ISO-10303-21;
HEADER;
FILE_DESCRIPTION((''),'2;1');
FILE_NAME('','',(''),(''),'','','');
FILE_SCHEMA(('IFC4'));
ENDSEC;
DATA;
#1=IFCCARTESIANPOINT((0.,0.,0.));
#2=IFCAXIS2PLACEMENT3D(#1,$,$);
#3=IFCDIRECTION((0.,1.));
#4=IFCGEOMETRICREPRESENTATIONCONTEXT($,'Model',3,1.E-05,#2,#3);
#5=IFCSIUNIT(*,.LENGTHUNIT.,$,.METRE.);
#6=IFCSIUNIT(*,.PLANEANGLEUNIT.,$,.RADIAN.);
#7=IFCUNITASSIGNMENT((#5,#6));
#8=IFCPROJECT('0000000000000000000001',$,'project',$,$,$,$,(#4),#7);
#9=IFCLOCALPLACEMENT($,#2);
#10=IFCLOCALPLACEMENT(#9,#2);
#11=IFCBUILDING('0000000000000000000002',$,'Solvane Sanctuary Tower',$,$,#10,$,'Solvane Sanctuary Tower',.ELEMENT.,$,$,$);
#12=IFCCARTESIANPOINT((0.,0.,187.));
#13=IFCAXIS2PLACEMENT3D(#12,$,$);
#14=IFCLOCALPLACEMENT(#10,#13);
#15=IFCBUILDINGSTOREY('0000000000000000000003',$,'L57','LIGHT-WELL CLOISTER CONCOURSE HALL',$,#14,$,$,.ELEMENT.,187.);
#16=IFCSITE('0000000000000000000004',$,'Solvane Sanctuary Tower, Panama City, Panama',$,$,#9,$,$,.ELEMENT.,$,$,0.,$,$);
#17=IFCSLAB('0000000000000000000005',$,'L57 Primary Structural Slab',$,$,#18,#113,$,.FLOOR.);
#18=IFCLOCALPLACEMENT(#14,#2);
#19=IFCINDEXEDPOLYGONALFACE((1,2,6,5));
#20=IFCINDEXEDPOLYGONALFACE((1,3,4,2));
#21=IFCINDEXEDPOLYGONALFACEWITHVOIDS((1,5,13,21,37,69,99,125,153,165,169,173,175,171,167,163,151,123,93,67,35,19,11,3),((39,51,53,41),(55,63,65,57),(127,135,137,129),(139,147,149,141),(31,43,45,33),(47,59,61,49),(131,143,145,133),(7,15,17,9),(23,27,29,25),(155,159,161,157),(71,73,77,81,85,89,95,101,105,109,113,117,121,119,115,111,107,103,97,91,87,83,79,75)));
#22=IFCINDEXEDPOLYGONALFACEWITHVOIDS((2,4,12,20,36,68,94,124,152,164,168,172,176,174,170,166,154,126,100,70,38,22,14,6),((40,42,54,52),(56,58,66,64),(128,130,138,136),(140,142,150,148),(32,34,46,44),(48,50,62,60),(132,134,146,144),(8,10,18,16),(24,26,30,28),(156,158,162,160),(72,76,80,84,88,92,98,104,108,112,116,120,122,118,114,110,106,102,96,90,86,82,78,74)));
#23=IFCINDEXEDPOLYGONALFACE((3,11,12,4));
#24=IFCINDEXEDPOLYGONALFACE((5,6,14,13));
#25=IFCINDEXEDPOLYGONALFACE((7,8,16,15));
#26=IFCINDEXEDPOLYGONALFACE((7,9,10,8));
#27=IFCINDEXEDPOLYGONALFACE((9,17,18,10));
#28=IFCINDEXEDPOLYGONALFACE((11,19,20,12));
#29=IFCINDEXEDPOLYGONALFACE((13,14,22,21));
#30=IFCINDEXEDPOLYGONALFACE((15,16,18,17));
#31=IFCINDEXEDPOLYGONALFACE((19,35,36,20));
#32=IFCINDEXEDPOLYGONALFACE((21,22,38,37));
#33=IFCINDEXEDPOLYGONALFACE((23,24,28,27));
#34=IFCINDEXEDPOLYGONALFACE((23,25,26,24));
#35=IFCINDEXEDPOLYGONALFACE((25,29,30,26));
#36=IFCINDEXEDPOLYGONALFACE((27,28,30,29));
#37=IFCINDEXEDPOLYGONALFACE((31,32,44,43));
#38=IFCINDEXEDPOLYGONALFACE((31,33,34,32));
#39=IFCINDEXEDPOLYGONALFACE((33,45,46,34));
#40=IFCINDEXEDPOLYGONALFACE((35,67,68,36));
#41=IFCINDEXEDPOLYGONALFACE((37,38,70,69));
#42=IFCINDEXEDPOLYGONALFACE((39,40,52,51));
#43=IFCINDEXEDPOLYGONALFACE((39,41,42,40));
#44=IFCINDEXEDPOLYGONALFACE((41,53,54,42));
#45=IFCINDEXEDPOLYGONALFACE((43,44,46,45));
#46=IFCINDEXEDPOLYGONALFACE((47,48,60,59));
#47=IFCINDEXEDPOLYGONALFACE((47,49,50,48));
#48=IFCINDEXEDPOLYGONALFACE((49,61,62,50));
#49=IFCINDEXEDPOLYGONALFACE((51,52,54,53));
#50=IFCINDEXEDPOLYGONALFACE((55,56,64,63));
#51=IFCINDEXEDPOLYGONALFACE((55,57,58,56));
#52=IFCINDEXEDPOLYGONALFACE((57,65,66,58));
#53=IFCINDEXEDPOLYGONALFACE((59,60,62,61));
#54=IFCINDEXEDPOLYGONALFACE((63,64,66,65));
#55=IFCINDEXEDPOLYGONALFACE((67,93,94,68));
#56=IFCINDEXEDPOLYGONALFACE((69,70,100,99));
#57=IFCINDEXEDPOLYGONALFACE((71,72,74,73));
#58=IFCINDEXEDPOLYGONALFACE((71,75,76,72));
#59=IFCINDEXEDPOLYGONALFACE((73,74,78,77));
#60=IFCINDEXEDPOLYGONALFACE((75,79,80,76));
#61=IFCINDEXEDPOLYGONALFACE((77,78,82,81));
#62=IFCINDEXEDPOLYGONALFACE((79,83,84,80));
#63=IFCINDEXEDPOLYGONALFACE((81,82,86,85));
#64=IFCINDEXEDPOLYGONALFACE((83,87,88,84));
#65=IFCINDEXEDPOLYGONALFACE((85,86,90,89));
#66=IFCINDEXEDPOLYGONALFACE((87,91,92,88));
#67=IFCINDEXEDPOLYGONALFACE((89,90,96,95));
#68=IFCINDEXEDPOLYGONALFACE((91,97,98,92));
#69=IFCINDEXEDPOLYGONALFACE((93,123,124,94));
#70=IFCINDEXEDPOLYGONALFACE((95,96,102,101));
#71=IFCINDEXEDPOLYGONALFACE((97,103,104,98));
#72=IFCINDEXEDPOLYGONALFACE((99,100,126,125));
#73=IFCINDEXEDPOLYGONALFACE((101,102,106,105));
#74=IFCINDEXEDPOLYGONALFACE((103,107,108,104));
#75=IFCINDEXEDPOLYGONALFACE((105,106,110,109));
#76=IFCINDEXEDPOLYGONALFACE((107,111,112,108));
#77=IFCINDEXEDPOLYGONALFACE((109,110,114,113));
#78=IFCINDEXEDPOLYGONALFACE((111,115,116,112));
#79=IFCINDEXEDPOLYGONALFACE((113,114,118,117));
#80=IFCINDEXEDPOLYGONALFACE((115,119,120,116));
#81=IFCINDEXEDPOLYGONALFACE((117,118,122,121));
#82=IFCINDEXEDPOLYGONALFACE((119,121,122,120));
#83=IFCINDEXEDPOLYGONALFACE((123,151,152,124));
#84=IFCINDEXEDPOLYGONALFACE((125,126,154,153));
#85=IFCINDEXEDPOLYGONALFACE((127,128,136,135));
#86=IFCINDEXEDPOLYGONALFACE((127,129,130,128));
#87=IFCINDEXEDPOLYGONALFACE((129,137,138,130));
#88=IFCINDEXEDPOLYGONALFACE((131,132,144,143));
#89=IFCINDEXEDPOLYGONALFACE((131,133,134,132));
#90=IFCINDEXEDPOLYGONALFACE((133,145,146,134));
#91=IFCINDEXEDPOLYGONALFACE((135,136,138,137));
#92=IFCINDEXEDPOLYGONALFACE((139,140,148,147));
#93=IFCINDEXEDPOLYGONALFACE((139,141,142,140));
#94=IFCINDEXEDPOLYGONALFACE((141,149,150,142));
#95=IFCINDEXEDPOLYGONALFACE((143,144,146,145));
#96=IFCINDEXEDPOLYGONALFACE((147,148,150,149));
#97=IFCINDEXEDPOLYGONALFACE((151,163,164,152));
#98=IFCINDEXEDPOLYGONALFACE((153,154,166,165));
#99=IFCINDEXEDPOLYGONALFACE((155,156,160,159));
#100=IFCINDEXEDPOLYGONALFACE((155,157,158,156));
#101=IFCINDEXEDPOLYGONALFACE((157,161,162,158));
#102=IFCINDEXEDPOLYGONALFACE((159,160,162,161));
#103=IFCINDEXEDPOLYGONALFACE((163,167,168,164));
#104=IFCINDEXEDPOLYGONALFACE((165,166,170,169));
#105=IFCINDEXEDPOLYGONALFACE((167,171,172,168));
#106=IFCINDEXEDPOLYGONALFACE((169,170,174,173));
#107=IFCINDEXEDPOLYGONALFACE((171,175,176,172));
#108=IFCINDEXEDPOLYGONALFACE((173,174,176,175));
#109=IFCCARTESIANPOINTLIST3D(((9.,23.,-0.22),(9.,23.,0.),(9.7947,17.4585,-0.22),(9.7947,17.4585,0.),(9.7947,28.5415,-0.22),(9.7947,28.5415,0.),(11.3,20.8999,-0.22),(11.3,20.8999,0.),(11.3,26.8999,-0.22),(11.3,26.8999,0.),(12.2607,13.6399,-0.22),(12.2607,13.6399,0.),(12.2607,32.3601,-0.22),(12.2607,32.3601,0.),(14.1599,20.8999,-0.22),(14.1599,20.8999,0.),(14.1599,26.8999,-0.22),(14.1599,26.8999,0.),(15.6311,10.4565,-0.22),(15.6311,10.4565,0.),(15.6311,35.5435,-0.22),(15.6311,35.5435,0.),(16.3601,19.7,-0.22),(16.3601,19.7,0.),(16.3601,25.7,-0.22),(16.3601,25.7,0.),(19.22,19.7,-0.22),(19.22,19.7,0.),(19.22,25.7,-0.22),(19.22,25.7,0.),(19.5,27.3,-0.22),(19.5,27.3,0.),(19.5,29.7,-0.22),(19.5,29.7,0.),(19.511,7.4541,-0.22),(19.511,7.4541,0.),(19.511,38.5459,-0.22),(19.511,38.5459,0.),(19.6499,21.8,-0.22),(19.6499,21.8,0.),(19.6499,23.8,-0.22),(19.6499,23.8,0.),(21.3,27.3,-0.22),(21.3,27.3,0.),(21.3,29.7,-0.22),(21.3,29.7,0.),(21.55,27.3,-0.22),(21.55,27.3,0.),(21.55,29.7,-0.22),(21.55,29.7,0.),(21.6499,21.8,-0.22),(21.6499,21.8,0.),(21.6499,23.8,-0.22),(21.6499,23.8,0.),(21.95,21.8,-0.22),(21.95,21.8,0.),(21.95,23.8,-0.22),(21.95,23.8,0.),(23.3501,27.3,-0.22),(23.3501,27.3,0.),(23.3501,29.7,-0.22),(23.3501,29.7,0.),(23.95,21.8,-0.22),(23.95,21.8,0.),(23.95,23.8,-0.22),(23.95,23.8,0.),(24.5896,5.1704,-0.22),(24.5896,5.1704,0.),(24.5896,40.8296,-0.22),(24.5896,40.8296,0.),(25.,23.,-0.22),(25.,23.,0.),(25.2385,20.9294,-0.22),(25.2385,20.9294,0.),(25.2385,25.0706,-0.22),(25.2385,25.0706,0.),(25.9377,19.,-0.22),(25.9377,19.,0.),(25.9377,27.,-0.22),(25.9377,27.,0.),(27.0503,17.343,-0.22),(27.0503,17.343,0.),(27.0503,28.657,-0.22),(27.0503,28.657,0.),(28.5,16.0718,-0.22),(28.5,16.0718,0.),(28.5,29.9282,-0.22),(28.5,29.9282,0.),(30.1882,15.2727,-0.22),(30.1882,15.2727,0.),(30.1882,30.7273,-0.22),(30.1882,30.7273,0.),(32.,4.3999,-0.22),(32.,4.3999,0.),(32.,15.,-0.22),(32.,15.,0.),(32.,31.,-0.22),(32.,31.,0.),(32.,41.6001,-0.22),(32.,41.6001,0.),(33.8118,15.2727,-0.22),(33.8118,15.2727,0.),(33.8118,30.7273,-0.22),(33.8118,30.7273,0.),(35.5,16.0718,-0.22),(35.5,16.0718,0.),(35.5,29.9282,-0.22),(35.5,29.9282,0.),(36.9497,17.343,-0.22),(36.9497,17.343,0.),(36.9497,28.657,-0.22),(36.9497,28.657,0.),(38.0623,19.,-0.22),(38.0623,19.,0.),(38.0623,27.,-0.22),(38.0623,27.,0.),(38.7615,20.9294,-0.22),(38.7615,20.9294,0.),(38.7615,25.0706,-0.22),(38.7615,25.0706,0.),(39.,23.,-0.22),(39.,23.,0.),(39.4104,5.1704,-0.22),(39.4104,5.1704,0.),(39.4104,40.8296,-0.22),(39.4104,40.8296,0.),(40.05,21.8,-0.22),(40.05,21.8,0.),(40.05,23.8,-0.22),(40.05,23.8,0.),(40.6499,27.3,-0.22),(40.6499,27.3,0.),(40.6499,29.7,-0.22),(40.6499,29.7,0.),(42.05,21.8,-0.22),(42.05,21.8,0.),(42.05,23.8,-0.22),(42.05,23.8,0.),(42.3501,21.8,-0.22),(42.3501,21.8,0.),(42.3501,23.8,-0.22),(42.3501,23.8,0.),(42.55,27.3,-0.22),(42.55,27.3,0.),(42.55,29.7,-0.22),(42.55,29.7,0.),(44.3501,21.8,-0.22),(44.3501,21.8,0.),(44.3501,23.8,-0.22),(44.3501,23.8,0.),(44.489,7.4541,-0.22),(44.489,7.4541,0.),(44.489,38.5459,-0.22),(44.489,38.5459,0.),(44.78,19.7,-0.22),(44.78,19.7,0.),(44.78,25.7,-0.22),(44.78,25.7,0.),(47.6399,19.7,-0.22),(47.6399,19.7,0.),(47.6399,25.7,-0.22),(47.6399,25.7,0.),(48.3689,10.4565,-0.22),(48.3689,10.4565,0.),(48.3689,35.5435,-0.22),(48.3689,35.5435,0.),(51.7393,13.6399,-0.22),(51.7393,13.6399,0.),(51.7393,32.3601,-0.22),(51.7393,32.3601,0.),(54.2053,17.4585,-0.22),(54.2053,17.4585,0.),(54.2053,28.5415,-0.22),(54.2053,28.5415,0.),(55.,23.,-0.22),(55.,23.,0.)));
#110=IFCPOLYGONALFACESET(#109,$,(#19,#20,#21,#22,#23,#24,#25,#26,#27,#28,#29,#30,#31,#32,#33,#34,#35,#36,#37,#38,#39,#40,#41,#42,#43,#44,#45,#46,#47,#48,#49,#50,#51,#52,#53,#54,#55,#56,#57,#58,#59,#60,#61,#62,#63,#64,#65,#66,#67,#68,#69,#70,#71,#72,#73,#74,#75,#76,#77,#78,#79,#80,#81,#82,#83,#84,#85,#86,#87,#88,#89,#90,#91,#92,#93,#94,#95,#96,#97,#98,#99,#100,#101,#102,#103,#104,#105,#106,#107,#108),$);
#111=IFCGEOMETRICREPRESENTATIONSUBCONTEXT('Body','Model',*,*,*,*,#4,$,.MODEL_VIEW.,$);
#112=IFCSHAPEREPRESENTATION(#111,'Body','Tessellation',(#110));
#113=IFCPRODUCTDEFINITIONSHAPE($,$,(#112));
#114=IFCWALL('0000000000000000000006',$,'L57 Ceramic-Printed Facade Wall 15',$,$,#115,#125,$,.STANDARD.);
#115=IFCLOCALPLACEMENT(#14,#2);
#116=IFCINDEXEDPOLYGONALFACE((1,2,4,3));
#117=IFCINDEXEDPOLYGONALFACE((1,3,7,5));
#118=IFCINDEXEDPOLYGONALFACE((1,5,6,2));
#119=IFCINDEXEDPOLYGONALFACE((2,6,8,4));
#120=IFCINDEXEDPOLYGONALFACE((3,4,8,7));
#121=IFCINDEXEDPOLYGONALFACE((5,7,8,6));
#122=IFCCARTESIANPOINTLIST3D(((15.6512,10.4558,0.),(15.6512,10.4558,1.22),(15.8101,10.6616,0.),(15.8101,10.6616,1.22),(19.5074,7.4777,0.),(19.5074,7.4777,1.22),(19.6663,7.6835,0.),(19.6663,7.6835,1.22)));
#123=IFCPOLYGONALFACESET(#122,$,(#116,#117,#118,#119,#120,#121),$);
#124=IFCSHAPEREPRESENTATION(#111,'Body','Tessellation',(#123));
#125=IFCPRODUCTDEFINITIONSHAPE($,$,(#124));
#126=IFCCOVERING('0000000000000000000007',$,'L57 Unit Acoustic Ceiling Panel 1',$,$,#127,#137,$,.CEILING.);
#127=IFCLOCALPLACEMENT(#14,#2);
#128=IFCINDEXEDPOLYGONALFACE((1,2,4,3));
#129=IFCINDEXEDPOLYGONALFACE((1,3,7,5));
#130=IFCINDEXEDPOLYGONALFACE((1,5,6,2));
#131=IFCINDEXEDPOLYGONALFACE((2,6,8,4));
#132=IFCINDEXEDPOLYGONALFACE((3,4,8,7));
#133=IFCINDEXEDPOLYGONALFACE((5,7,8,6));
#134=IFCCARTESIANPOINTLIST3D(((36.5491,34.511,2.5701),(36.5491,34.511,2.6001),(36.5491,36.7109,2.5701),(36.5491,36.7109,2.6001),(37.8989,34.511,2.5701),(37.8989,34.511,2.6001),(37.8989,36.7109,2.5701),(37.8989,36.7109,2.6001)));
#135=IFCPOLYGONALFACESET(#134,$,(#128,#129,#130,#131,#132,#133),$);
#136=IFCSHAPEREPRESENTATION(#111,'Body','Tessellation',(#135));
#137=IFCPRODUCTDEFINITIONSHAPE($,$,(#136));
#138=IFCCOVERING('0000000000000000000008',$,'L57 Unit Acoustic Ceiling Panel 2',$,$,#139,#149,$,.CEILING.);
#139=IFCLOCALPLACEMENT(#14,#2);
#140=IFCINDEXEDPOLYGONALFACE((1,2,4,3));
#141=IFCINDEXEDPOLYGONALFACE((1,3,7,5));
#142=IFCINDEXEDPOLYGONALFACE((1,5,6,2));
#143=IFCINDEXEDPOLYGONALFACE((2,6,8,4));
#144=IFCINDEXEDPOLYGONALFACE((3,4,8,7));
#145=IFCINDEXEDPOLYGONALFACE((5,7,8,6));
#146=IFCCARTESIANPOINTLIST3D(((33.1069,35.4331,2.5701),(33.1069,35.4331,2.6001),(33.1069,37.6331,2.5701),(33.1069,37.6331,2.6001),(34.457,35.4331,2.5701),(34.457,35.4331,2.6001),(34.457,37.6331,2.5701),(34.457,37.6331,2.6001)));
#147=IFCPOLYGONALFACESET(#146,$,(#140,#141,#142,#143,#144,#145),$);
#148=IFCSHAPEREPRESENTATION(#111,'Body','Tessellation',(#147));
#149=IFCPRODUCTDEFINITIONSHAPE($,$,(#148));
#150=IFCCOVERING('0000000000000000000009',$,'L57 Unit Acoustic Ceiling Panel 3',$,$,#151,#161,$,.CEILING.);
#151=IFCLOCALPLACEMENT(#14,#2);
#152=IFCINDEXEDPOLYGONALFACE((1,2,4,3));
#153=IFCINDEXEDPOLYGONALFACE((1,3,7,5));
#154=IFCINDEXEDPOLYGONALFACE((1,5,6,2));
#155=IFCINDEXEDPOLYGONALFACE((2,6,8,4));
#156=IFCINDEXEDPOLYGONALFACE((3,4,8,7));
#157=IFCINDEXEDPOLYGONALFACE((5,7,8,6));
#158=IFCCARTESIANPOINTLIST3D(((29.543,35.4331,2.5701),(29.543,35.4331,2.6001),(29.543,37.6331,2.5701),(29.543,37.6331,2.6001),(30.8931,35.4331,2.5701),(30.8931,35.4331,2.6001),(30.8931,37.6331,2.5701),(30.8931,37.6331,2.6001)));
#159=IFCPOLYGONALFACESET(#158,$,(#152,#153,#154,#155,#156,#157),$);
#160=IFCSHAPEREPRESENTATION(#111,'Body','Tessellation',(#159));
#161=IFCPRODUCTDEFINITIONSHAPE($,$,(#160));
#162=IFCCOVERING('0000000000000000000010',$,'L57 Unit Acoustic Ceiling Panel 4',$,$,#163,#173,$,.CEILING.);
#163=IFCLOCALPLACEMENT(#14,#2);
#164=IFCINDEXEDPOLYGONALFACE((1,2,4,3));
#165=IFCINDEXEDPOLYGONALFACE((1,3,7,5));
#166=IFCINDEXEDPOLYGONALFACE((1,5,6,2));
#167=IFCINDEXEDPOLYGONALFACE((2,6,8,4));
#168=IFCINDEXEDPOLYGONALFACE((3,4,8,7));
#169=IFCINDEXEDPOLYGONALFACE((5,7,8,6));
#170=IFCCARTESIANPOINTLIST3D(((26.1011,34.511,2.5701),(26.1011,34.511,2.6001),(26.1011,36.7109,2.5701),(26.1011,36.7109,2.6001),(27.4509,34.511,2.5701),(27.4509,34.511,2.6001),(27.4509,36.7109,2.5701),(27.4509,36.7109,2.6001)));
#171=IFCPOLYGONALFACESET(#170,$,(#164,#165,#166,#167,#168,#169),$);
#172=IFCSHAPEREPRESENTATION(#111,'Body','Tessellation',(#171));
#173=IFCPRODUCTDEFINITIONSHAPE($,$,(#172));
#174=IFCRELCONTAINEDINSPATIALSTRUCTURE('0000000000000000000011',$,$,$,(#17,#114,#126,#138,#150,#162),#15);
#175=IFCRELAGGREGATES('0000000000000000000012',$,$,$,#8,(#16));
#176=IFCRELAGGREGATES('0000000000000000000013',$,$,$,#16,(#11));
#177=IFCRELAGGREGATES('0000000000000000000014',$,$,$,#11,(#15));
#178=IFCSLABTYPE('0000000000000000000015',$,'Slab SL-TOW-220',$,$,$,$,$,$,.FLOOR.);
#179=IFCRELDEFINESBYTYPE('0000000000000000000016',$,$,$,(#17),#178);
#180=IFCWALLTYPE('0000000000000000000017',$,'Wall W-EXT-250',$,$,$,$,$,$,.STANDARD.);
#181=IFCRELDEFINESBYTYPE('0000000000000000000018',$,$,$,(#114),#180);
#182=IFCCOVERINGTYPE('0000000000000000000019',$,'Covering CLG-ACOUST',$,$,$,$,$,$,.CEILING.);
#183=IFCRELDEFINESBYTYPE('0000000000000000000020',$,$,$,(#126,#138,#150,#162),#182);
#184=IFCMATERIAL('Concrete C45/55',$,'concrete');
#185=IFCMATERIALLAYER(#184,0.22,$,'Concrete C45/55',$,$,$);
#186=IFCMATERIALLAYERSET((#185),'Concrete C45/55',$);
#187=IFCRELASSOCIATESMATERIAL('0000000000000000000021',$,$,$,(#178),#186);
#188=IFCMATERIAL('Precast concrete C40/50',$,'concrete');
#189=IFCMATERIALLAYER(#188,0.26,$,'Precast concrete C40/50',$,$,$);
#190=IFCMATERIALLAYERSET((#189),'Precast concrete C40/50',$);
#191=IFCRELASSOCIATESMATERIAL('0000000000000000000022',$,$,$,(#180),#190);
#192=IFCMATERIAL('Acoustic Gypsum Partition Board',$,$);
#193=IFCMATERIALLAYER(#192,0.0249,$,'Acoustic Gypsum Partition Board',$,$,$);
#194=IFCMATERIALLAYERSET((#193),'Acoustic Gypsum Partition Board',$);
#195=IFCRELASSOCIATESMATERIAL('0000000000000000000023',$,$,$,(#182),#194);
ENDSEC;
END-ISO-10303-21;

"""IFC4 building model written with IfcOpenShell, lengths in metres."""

from ifc_helpers import new_model, si_unit, direction, frame, frame_2d, origin, place, context, subcontext, project, spatial, polyline, rectangle, outline, extrude, material, layer, layer_set, type_object, element, save


model = new_model("IFC4")

# Units and contexts
model_context = context("Model", 3, precision=1e-05, world=origin(), true_north=direction((0.0, 1.0)))
body_context = subcontext(model_context, "Body", "Model", "MODEL_VIEW")
ifc_project = project(units=[si_unit("LENGTHUNIT", "METRE"), si_unit("PLANEANGLEUNIT", "RADIAN")], contexts=[model_context])

# Site, building, storey
site_placement = place(None, origin())
site = spatial("IfcSite", under=ifc_project, at=site_placement, Name="Solvane Sanctuary Tower, Panama City, Panama", CompositionType="ELEMENT", RefElevation=0.0)
building_placement = place(site_placement, origin())
building = spatial("IfcBuilding", under=site, at=building_placement, Name="Solvane Sanctuary Tower", LongName="Solvane Sanctuary Tower", CompositionType="ELEMENT")
storey_placement = place(building_placement, frame((0.0, 0.0, 187.0)))
storey = spatial("IfcBuildingStorey", under=building, at=storey_placement, Name="L57", Description="LIGHT-WELL CLOISTER CONCOURSE HALL", CompositionType="ELEMENT", Elevation=187.0)

# Shared definitions
ifc_material_1 = material(Name="Concrete C45/55", Category="concrete")

# Slab
ifc_layer_1 = layer(ifc_material_1, 0.22, Name="Concrete C45/55")
ifc_layer_set_1 = layer_set([ifc_layer_1], Name="Concrete C45/55")
slab_type_1 = type_object("IfcSlabType", Name="Slab SL-TOW-220", PredefinedType="FLOOR", material=ifc_layer_set_1)
slab_1_placement = place(storey_placement, frame((0.0, 0.0, -0.22)))
element("IfcSlab", 1, at=slab_1_placement, inside=storey, type_object=slab_type_1, Name="L57 Primary Structural Slab", PredefinedType="FLOOR", context=body_context, shape_type="SweptSolid", body=[
    extrude(outline(polyline([(55.0, 23.0), (54.2053, 28.5415), (51.7393, 32.3601), (48.3689, 35.5435), (44.489, 38.5459), (39.4104, 40.8296), (32.0, 41.6001), (24.5896, 40.8296), (19.511, 38.5459), (15.6311, 35.5435), (12.2607, 32.3601), (9.7947, 28.5415), (9.0, 23.0), (9.7947, 17.4585), (12.2607, 13.6399), (15.6311, 10.4565), (19.511, 7.4541), (24.5896, 5.1704), (32.0, 4.3999), (39.4104, 5.1704), (44.489, 7.4541), (48.3689, 10.4565), (51.7393, 13.6399), (54.2053, 17.4585), (55.0, 23.0)]), holes=[polyline([(38.7615, 20.9294), (38.0623, 19.0), (36.9497, 17.343), (35.5, 16.0718), (33.8118, 15.2727), (32.0, 15.0), (30.1882, 15.2727), (28.5, 16.0718), (27.0503, 17.343), (25.9377, 19.0), (25.2385, 20.9294), (25.0, 23.0), (25.2385, 25.0706), (25.9377, 27.0), (27.0503, 28.657), (28.5, 29.9282), (30.1882, 30.7273), (32.0, 31.0), (33.8118, 30.7273), (35.5, 29.9282), (36.9497, 28.657), (38.0623, 27.0), (38.7615, 25.0706), (39.0, 23.0), (38.7615, 20.9294)]), polyline([(16.3601, 19.7), (16.3601, 25.7), (19.22, 25.7), (19.22, 19.7), (16.3601, 19.7)]), polyline([(44.78, 19.7), (44.78, 25.7), (47.6399, 25.7), (47.6399, 19.7), (44.78, 19.7)]), polyline([(11.3, 20.8999), (11.3, 26.8999), (14.1599, 26.8999), (14.1599, 20.8999), (11.3, 20.8999)]), polyline([(19.6499, 23.8), (21.6499, 23.8), (21.6499, 21.8), (19.6499, 21.8), (19.6499, 23.8)]), polyline([(42.3501, 23.8), (44.3501, 23.8), (44.3501, 21.8), (42.3501, 21.8), (42.3501, 23.8)]), polyline([(21.95, 23.8), (23.95, 23.8), (23.95, 21.8), (21.95, 21.8), (21.95, 23.8)]), polyline([(40.05, 23.8), (42.05, 23.8), (42.05, 21.8), (40.05, 21.8), (40.05, 23.8)]), polyline([(19.5, 29.7), (21.3, 29.7), (21.3, 27.3), (19.5, 27.3), (19.5, 29.7)]), polyline([(21.55, 29.7), (23.3501, 29.7), (23.3501, 27.3), (21.55, 27.3), (21.55, 29.7)]), polyline([(40.6499, 29.7), (42.55, 29.7), (42.55, 27.3), (40.6499, 27.3), (40.6499, 29.7)])]), origin(), (0.0, 0.0, 1.0), 0.22),
])

# Wall
ifc_material_2 = material(Name="Precast concrete C40/50", Category="concrete")
ifc_layer_2 = layer(ifc_material_2, 0.26, Name="Precast concrete C40/50")
ifc_layer_set_2 = layer_set([ifc_layer_2], Name="Precast concrete C40/50")
wall_type = type_object("IfcWallType", Name="Wall W-EXT-250", PredefinedType="STANDARD", material=ifc_layer_set_2)
wall_placement = place(storey_placement, frame((15.7307, 10.5586, 0.0), z_axis=(0.0, 0.0, 1.0), x_axis=(0.79146, -0.611221, 0.0)))
element("IfcWall", 2, at=wall_placement, inside=storey, type_object=wall_type, Name="L57 Ceramic-Printed Facade Wall 15", PredefinedType="STANDARD", context=body_context, shape_type="SweptSolid", body=[
    extrude(rectangle(XDim=4.8723, YDim=0.26, at=frame_2d((2.436, 0.0))), origin(), (0.0, 0.0, 1.0), 1.22),
])

# Coverings
ifc_material_3 = material(Name="Acoustic Gypsum Partition Board")
ifc_layer_3 = layer(ifc_material_3, 0.0249, Name="Acoustic Gypsum Partition Board")
ifc_layer_set_3 = layer_set([ifc_layer_3], Name="Acoustic Gypsum Partition Board")
covering_type_1 = type_object("IfcCoveringType", Name="Covering CLG-ACOUST", PredefinedType="CEILING", material=ifc_layer_set_3)
covering_1_placement = place(storey_placement, frame((0.0, 0.0, 2.5701)))
element("IfcCovering", 3, at=covering_1_placement, inside=storey, type_object=covering_type_1, Name="L57 Unit Acoustic Ceiling Panel 1", PredefinedType="CEILING", context=body_context, shape_type="SweptSolid", body=[
    extrude(outline(polyline([(36.5491, 34.511), (37.8989, 34.511), (37.8989, 36.7109), (36.5491, 36.7109), (36.5491, 34.511)])), origin(), (0.0, 0.0, 1.0), 0.03),
])
covering_2_placement = place(storey_placement, frame((0.0, 0.0, 2.5701)))
element("IfcCovering", 4, at=covering_2_placement, inside=storey, type_object=covering_type_1, Name="L57 Unit Acoustic Ceiling Panel 2", PredefinedType="CEILING", context=body_context, shape_type="SweptSolid", body=[
    extrude(outline(polyline([(33.1069, 35.4331), (34.457, 35.4331), (34.457, 37.6331), (33.1069, 37.6331), (33.1069, 35.4331)])), origin(), (0.0, 0.0, 1.0), 0.03),
])
covering_3_placement = place(storey_placement, frame((0.0, 0.0, 2.5701)))
element("IfcCovering", 5, at=covering_3_placement, inside=storey, type_object=covering_type_1, Name="L57 Unit Acoustic Ceiling Panel 3", PredefinedType="CEILING", context=body_context, shape_type="SweptSolid", body=[
    extrude(outline(polyline([(29.543, 35.4331), (30.8931, 35.4331), (30.8931, 37.6331), (29.543, 37.6331), (29.543, 35.4331)])), origin(), (0.0, 0.0, 1.0), 0.03),
])
covering_4_placement = place(storey_placement, frame((0.0, 0.0, 2.5701)))
element("IfcCovering", 6, at=covering_4_placement, inside=storey, type_object=covering_type_1, Name="L57 Unit Acoustic Ceiling Panel 4", PredefinedType="CEILING", context=body_context, shape_type="SweptSolid", body=[
    extrude(outline(polyline([(26.1011, 34.511), (27.4509, 34.511), (27.4509, 36.7109), (26.1011, 36.7109), (26.1011, 34.511)])), origin(), (0.0, 0.0, 1.0), 0.03),
])

save(model, "model.ifc")
